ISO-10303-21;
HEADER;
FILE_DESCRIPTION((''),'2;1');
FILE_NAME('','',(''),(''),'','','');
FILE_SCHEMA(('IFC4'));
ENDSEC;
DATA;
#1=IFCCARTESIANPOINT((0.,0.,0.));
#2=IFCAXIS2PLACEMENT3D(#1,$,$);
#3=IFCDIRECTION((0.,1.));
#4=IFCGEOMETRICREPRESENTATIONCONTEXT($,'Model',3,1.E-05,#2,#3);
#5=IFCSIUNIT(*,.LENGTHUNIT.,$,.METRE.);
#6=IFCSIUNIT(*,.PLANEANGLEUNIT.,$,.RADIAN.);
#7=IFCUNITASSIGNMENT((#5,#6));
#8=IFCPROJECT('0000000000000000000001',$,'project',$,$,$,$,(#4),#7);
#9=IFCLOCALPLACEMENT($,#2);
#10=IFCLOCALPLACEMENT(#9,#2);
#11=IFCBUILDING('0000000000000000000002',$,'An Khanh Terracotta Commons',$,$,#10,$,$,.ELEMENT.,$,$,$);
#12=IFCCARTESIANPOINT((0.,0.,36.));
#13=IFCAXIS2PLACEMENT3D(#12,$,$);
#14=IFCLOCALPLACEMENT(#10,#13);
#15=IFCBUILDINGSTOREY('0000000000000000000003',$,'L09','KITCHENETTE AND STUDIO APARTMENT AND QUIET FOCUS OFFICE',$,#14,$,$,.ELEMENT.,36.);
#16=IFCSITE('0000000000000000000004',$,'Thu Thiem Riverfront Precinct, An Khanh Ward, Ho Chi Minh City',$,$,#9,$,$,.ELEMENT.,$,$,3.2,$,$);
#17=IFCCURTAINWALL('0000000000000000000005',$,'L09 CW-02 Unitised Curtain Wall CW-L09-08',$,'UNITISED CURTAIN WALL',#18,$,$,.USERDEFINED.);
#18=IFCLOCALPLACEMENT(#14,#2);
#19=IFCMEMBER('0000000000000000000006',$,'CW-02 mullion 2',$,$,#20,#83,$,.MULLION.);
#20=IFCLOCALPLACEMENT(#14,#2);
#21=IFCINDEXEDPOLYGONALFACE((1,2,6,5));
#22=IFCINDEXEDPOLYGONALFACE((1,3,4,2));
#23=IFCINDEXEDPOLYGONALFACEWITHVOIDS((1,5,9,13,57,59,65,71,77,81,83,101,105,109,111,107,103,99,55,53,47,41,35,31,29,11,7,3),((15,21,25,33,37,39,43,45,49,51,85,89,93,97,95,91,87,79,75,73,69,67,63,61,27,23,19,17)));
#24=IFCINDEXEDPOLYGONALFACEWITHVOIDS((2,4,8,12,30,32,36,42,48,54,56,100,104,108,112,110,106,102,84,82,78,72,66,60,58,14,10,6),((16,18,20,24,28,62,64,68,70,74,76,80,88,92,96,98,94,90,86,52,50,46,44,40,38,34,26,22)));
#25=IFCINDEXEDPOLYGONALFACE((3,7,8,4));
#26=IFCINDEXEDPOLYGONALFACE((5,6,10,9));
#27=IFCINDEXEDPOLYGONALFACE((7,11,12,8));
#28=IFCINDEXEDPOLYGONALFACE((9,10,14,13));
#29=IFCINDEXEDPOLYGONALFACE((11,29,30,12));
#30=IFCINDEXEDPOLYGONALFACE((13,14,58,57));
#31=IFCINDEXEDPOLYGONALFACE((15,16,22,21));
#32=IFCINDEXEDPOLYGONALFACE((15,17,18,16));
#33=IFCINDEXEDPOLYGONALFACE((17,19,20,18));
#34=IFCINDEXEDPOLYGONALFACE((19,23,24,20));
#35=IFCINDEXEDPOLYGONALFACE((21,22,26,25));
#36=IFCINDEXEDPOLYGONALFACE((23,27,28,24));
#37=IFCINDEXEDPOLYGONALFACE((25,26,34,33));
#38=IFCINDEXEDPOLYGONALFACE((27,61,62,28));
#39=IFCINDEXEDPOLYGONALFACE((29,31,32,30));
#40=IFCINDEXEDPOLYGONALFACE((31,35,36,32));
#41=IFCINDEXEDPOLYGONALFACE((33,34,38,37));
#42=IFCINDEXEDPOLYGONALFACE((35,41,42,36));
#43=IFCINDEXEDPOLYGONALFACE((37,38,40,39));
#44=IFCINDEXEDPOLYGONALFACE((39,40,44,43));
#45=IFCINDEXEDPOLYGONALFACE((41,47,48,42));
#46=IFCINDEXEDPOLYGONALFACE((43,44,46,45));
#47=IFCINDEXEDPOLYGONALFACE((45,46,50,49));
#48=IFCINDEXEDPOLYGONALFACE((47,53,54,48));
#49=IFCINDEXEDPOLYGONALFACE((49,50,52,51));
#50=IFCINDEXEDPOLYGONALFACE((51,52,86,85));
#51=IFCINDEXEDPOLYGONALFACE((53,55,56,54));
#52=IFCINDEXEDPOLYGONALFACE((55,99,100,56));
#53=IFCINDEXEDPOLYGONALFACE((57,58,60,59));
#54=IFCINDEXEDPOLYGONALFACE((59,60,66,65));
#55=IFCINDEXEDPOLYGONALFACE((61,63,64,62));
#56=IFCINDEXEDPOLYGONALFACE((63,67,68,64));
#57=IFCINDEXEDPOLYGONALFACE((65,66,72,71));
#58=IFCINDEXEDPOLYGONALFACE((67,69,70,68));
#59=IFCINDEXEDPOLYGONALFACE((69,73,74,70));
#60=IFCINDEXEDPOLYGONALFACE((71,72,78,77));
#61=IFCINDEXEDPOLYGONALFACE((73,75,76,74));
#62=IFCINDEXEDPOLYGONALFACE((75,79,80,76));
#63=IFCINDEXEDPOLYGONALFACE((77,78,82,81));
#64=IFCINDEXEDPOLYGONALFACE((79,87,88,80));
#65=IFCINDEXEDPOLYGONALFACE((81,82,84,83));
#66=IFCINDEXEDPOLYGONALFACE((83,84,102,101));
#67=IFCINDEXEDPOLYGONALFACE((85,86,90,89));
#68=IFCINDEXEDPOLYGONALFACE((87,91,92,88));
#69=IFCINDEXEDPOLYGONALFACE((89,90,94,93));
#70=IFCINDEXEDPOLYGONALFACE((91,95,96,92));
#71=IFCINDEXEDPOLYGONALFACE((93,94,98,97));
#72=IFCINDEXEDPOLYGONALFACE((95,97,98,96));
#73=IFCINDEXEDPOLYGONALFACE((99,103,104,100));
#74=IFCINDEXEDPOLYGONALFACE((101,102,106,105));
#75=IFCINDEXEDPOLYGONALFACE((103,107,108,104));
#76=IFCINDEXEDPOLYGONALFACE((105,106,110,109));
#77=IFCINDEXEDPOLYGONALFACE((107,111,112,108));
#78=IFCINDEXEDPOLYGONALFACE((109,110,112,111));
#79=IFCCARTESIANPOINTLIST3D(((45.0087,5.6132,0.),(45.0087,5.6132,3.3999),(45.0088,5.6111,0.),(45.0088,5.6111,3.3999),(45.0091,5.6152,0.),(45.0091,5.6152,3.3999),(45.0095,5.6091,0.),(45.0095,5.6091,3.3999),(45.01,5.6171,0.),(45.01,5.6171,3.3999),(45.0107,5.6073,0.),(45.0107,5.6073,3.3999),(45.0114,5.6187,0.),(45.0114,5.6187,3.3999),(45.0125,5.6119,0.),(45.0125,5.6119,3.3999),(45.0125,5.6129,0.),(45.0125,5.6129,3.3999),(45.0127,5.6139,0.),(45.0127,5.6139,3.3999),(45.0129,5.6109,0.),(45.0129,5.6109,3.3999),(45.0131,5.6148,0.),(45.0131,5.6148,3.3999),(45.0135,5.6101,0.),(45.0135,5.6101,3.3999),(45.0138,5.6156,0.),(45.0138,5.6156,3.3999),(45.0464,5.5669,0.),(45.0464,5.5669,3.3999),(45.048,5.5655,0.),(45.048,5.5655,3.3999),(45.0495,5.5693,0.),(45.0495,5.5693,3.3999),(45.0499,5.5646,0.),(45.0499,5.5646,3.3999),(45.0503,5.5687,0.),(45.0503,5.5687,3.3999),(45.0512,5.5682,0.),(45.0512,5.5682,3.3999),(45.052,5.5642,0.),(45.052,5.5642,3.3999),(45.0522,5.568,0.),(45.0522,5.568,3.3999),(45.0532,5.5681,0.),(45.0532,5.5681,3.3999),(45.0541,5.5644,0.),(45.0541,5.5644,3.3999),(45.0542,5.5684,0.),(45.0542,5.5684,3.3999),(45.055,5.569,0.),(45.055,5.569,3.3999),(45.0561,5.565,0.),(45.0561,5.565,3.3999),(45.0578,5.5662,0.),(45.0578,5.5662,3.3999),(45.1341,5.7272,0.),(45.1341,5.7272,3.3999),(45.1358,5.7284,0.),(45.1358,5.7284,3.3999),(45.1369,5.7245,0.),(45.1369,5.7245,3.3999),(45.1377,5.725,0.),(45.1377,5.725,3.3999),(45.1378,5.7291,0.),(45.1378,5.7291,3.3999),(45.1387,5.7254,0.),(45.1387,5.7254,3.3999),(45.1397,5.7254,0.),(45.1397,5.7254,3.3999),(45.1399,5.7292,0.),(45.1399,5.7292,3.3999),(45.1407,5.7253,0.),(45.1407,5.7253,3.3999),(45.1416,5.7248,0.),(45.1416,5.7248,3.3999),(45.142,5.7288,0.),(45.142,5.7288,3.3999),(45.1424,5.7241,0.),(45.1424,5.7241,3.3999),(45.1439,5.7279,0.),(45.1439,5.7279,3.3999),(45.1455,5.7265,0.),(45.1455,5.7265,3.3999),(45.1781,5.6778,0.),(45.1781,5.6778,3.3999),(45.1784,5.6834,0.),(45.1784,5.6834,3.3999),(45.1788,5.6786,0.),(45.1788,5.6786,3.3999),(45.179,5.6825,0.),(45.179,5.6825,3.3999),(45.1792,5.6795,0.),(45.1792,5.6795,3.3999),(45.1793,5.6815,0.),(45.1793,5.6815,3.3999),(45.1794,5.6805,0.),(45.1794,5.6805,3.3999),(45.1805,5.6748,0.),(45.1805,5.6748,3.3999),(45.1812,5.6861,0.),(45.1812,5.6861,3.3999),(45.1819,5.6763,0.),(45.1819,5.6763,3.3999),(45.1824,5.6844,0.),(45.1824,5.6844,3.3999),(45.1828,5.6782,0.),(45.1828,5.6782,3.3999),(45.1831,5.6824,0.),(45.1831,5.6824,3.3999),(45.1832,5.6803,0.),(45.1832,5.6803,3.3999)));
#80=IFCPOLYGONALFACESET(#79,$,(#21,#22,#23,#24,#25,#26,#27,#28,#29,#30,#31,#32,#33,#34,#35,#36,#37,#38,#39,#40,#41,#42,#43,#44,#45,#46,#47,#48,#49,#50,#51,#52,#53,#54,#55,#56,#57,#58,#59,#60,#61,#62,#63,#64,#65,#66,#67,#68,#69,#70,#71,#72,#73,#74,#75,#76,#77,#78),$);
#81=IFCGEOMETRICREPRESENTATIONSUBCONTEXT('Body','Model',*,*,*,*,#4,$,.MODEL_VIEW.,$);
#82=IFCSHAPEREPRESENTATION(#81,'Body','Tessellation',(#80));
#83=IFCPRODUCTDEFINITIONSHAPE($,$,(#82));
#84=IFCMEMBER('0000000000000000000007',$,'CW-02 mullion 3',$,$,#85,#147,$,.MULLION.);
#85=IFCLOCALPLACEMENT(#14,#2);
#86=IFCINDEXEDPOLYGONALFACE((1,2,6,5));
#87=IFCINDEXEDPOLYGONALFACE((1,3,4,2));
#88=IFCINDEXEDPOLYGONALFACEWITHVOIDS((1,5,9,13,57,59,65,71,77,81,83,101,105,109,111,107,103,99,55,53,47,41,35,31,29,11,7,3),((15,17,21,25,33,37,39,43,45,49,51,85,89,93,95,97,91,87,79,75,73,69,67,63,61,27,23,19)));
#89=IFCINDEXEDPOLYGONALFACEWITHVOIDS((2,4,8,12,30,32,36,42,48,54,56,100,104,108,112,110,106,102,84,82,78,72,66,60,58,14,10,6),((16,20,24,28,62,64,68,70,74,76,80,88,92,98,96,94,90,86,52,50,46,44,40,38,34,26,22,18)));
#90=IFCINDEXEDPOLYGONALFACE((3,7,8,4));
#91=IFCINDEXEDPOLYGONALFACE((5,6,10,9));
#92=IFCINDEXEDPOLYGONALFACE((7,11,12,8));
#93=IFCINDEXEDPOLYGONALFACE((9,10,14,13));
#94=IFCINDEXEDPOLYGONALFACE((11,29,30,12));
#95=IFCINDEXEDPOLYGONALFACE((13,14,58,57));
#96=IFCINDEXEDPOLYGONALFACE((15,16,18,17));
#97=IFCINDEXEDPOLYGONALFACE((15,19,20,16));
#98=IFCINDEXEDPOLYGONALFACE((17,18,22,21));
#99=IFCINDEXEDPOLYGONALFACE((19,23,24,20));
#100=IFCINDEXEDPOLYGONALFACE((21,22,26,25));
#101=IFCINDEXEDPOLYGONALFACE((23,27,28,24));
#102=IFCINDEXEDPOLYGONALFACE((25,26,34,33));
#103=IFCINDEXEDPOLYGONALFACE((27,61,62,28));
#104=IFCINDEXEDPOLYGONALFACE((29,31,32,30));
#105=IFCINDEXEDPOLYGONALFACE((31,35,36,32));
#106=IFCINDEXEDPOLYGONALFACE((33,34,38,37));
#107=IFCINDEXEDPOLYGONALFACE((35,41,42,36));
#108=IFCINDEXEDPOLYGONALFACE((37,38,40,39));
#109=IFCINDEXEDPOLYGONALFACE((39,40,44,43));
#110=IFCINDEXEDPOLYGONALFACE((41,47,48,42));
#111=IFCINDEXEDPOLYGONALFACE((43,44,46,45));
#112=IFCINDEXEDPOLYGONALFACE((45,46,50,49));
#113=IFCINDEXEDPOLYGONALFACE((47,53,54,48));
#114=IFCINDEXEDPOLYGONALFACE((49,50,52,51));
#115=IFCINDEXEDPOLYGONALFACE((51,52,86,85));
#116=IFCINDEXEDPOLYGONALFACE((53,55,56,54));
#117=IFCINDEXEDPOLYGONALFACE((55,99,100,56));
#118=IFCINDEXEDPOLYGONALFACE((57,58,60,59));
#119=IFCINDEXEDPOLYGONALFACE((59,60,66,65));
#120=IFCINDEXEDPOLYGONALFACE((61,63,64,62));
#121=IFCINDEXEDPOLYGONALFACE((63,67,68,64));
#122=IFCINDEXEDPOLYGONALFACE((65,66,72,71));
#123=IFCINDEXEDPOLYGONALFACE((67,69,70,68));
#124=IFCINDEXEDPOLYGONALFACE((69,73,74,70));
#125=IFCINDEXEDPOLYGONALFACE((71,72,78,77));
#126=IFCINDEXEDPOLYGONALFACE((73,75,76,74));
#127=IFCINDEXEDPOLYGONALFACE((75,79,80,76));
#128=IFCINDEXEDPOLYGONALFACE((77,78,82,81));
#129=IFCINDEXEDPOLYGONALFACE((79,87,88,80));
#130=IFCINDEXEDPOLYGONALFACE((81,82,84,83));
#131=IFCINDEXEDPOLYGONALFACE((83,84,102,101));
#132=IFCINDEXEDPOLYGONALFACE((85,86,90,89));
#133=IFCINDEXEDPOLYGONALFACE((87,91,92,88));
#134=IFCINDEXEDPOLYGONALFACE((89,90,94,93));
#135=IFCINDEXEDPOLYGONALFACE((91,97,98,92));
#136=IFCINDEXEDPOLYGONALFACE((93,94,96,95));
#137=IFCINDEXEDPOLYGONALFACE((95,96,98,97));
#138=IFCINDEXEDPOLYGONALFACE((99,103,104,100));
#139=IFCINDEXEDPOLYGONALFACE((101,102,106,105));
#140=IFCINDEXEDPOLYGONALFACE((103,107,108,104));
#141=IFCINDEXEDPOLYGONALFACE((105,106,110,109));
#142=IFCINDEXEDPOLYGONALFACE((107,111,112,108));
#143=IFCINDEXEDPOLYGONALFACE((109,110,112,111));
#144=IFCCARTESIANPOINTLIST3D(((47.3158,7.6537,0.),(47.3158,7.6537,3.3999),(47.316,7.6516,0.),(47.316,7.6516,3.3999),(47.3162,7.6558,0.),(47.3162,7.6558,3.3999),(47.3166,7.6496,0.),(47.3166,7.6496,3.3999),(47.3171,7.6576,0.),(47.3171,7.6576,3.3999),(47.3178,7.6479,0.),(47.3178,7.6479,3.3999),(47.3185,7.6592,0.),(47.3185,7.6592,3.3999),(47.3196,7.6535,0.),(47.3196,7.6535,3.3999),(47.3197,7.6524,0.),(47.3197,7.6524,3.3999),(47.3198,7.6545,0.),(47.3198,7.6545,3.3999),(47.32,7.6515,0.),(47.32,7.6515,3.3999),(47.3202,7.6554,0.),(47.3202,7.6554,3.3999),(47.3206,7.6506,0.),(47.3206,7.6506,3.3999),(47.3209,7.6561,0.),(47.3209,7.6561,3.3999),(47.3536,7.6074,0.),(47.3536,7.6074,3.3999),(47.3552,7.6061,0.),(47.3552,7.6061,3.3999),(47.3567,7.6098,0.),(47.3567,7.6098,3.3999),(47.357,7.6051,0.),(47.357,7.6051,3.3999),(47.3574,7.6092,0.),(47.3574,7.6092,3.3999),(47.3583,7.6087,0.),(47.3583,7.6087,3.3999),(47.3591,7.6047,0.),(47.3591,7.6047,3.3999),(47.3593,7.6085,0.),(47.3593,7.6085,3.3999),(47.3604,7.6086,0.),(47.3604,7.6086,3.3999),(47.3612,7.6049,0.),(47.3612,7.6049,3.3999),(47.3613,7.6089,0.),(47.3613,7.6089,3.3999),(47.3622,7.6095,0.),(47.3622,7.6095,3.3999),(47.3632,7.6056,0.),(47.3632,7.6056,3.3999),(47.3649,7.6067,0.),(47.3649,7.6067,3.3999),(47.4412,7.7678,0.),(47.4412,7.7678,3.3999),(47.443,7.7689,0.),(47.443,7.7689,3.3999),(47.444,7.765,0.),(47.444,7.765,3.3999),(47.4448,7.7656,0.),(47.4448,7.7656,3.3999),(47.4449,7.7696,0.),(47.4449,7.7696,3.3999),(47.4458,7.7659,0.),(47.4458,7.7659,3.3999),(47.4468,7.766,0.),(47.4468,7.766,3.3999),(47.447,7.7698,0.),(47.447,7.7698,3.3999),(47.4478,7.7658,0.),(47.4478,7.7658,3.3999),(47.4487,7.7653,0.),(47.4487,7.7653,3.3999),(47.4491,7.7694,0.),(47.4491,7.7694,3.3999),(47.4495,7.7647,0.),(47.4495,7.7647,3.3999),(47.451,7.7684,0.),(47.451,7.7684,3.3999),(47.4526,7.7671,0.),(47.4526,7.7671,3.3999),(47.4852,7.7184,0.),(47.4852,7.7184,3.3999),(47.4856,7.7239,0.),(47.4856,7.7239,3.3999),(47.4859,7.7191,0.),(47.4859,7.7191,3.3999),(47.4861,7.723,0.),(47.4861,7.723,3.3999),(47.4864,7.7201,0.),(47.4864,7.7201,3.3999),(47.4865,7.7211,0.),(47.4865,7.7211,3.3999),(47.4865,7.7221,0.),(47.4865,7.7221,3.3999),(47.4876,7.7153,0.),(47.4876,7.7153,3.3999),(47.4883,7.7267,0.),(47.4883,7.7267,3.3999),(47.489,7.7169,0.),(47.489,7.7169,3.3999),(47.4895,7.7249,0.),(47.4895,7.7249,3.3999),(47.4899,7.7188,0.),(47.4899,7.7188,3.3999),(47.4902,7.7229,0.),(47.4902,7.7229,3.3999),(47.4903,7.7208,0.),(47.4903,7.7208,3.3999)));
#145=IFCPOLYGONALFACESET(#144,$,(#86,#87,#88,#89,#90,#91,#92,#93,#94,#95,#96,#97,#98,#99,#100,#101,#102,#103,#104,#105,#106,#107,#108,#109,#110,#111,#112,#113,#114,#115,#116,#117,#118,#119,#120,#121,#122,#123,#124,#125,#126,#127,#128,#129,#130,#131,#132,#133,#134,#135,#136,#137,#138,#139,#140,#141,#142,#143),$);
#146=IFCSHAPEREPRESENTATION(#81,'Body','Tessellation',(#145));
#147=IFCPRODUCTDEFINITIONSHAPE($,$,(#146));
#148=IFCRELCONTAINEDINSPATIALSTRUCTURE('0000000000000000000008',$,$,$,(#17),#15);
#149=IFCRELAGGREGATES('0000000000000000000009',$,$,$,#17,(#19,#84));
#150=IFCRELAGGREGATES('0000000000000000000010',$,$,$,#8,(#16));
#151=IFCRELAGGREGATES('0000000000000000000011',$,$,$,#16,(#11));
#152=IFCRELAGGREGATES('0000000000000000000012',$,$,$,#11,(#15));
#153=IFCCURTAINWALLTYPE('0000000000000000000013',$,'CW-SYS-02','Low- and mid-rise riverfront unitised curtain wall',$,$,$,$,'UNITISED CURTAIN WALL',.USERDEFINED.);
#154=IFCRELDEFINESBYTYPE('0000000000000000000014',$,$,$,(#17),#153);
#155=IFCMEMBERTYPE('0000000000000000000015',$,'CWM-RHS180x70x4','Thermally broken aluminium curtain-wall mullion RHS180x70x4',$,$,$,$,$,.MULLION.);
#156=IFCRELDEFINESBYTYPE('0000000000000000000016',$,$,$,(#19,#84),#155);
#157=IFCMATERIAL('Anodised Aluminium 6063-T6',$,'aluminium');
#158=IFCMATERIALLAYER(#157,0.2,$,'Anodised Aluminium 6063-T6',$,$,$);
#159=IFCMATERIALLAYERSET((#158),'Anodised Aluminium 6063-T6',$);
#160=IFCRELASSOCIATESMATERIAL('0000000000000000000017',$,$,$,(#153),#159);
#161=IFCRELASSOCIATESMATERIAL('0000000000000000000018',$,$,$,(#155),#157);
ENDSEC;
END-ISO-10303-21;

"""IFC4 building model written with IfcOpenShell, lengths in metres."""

from ifc_helpers import new_model, si_unit, direction, frame, origin, origin_2d, place, context, subcontext, project, spatial, hollow_rectangle, extrude, material, layer, layer_set, material_profile, profile_set, type_object, element, aggregate, save


model = new_model("IFC4")

# Units and contexts
model_context = context("Model", 3, precision=1e-05, world=origin(), true_north=direction((0.0, 1.0)))
body_context = subcontext(model_context, "Body", "Model", "MODEL_VIEW")
ifc_project = project(units=[si_unit("LENGTHUNIT", "METRE"), si_unit("PLANEANGLEUNIT", "RADIAN")], contexts=[model_context])

# Site, building, storey
site_placement = place(None, origin())
site = spatial("IfcSite", under=ifc_project, at=site_placement, Name="Thu Thiem Riverfront Precinct, An Khanh Ward, Ho Chi Minh City", CompositionType="ELEMENT", RefElevation=3.2)
building_placement = place(site_placement, origin())
building = spatial("IfcBuilding", under=site, at=building_placement, Name="An Khanh Terracotta Commons", CompositionType="ELEMENT")
storey_placement = place(building_placement, frame((0.0, 0.0, 36.0)))
storey = spatial("IfcBuildingStorey", under=building, at=storey_placement, Name="L09", Description="KITCHENETTE AND STUDIO APARTMENT AND QUIET FOCUS OFFICE", CompositionType="ELEMENT", Elevation=36.0)

# Curtain wall, members
ifc_material_1 = material(Name="Anodised Aluminium 6063-T6", Category="aluminium")
ifc_layer_1 = layer(ifc_material_1, 0.2, Name="Anodised Aluminium 6063-T6")
ifc_layer_set_1 = layer_set([ifc_layer_1], Name="Anodised Aluminium 6063-T6")
curtain_wall_type = type_object("IfcCurtainWallType", Name="CW-SYS-02", Description="Low- and mid-rise riverfront unitised curtain wall", ElementType="UNITISED CURTAIN WALL", PredefinedType="USERDEFINED", material=ifc_layer_set_1)
curtain_wall_placement = place(storey_placement, origin())
curtain_wall = element("IfcCurtainWall", 1, at=curtain_wall_placement, inside=storey, type_object=curtain_wall_type, Name="L09 CW-02 Unitised Curtain Wall CW-L09-08", ObjectType="UNITISED CURTAIN WALL", PredefinedType="USERDEFINED")
ifc_material_profile_1 = material_profile(ifc_material_1, hollow_rectangle(XDim=0.0701, YDim=0.1799, WallThickness=0.0039, InnerFilletRadius=0.0039, OuterFilletRadius=0.0081, at=origin_2d()), Name="RHS180x70x4")
ifc_profile_set_1 = profile_set([ifc_material_profile_1], Name="Anodised Aluminium 6063-T6")
member_type_1 = type_object("IfcMemberType", Name="CWM-RHS180x70x4", Description="Thermally broken aluminium curtain-wall mullion RHS180x70x4", PredefinedType="MULLION", material=ifc_profile_set_1)
member_1_placement = place(storey_placement, frame((45.0959, 5.6467, 0.0), z_axis=(0.0, 0.0, 1.0), x_axis=(-0.662548, 0.749019, 0.0)))
member_1 = element("IfcMember", 2, at=member_1_placement, type_object=member_type_1, Name="CW-02 mullion 2", PredefinedType="MULLION", context=body_context, shape_type="SweptSolid", body=[
    extrude(hollow_rectangle(XDim=0.0701, YDim=0.1799, WallThickness=0.0039, InnerFilletRadius=0.0039, OuterFilletRadius=0.0081, at=origin_2d()), origin(), (0.0, 0.0, 1.0), 3.3999),
])
member_2_placement = place(storey_placement, frame((47.4031, 7.6873, 0.0), z_axis=(0.0, 0.0, 1.0), x_axis=(-0.662548, 0.749019, 0.0)))
member_2 = element("IfcMember", 3, at=member_2_placement, type_object=member_type_1, Name="CW-02 mullion 3", PredefinedType="MULLION", context=body_context, shape_type="SweptSolid", body=[
    extrude(hollow_rectangle(XDim=0.0701, YDim=0.1799, WallThickness=0.0039, InnerFilletRadius=0.0039, OuterFilletRadius=0.0081, at=origin_2d()), origin(), (0.0, 0.0, 1.0), 3.3999),
])
aggregate(curtain_wall, [member_1, member_2])

save(model, "model.ifc")
